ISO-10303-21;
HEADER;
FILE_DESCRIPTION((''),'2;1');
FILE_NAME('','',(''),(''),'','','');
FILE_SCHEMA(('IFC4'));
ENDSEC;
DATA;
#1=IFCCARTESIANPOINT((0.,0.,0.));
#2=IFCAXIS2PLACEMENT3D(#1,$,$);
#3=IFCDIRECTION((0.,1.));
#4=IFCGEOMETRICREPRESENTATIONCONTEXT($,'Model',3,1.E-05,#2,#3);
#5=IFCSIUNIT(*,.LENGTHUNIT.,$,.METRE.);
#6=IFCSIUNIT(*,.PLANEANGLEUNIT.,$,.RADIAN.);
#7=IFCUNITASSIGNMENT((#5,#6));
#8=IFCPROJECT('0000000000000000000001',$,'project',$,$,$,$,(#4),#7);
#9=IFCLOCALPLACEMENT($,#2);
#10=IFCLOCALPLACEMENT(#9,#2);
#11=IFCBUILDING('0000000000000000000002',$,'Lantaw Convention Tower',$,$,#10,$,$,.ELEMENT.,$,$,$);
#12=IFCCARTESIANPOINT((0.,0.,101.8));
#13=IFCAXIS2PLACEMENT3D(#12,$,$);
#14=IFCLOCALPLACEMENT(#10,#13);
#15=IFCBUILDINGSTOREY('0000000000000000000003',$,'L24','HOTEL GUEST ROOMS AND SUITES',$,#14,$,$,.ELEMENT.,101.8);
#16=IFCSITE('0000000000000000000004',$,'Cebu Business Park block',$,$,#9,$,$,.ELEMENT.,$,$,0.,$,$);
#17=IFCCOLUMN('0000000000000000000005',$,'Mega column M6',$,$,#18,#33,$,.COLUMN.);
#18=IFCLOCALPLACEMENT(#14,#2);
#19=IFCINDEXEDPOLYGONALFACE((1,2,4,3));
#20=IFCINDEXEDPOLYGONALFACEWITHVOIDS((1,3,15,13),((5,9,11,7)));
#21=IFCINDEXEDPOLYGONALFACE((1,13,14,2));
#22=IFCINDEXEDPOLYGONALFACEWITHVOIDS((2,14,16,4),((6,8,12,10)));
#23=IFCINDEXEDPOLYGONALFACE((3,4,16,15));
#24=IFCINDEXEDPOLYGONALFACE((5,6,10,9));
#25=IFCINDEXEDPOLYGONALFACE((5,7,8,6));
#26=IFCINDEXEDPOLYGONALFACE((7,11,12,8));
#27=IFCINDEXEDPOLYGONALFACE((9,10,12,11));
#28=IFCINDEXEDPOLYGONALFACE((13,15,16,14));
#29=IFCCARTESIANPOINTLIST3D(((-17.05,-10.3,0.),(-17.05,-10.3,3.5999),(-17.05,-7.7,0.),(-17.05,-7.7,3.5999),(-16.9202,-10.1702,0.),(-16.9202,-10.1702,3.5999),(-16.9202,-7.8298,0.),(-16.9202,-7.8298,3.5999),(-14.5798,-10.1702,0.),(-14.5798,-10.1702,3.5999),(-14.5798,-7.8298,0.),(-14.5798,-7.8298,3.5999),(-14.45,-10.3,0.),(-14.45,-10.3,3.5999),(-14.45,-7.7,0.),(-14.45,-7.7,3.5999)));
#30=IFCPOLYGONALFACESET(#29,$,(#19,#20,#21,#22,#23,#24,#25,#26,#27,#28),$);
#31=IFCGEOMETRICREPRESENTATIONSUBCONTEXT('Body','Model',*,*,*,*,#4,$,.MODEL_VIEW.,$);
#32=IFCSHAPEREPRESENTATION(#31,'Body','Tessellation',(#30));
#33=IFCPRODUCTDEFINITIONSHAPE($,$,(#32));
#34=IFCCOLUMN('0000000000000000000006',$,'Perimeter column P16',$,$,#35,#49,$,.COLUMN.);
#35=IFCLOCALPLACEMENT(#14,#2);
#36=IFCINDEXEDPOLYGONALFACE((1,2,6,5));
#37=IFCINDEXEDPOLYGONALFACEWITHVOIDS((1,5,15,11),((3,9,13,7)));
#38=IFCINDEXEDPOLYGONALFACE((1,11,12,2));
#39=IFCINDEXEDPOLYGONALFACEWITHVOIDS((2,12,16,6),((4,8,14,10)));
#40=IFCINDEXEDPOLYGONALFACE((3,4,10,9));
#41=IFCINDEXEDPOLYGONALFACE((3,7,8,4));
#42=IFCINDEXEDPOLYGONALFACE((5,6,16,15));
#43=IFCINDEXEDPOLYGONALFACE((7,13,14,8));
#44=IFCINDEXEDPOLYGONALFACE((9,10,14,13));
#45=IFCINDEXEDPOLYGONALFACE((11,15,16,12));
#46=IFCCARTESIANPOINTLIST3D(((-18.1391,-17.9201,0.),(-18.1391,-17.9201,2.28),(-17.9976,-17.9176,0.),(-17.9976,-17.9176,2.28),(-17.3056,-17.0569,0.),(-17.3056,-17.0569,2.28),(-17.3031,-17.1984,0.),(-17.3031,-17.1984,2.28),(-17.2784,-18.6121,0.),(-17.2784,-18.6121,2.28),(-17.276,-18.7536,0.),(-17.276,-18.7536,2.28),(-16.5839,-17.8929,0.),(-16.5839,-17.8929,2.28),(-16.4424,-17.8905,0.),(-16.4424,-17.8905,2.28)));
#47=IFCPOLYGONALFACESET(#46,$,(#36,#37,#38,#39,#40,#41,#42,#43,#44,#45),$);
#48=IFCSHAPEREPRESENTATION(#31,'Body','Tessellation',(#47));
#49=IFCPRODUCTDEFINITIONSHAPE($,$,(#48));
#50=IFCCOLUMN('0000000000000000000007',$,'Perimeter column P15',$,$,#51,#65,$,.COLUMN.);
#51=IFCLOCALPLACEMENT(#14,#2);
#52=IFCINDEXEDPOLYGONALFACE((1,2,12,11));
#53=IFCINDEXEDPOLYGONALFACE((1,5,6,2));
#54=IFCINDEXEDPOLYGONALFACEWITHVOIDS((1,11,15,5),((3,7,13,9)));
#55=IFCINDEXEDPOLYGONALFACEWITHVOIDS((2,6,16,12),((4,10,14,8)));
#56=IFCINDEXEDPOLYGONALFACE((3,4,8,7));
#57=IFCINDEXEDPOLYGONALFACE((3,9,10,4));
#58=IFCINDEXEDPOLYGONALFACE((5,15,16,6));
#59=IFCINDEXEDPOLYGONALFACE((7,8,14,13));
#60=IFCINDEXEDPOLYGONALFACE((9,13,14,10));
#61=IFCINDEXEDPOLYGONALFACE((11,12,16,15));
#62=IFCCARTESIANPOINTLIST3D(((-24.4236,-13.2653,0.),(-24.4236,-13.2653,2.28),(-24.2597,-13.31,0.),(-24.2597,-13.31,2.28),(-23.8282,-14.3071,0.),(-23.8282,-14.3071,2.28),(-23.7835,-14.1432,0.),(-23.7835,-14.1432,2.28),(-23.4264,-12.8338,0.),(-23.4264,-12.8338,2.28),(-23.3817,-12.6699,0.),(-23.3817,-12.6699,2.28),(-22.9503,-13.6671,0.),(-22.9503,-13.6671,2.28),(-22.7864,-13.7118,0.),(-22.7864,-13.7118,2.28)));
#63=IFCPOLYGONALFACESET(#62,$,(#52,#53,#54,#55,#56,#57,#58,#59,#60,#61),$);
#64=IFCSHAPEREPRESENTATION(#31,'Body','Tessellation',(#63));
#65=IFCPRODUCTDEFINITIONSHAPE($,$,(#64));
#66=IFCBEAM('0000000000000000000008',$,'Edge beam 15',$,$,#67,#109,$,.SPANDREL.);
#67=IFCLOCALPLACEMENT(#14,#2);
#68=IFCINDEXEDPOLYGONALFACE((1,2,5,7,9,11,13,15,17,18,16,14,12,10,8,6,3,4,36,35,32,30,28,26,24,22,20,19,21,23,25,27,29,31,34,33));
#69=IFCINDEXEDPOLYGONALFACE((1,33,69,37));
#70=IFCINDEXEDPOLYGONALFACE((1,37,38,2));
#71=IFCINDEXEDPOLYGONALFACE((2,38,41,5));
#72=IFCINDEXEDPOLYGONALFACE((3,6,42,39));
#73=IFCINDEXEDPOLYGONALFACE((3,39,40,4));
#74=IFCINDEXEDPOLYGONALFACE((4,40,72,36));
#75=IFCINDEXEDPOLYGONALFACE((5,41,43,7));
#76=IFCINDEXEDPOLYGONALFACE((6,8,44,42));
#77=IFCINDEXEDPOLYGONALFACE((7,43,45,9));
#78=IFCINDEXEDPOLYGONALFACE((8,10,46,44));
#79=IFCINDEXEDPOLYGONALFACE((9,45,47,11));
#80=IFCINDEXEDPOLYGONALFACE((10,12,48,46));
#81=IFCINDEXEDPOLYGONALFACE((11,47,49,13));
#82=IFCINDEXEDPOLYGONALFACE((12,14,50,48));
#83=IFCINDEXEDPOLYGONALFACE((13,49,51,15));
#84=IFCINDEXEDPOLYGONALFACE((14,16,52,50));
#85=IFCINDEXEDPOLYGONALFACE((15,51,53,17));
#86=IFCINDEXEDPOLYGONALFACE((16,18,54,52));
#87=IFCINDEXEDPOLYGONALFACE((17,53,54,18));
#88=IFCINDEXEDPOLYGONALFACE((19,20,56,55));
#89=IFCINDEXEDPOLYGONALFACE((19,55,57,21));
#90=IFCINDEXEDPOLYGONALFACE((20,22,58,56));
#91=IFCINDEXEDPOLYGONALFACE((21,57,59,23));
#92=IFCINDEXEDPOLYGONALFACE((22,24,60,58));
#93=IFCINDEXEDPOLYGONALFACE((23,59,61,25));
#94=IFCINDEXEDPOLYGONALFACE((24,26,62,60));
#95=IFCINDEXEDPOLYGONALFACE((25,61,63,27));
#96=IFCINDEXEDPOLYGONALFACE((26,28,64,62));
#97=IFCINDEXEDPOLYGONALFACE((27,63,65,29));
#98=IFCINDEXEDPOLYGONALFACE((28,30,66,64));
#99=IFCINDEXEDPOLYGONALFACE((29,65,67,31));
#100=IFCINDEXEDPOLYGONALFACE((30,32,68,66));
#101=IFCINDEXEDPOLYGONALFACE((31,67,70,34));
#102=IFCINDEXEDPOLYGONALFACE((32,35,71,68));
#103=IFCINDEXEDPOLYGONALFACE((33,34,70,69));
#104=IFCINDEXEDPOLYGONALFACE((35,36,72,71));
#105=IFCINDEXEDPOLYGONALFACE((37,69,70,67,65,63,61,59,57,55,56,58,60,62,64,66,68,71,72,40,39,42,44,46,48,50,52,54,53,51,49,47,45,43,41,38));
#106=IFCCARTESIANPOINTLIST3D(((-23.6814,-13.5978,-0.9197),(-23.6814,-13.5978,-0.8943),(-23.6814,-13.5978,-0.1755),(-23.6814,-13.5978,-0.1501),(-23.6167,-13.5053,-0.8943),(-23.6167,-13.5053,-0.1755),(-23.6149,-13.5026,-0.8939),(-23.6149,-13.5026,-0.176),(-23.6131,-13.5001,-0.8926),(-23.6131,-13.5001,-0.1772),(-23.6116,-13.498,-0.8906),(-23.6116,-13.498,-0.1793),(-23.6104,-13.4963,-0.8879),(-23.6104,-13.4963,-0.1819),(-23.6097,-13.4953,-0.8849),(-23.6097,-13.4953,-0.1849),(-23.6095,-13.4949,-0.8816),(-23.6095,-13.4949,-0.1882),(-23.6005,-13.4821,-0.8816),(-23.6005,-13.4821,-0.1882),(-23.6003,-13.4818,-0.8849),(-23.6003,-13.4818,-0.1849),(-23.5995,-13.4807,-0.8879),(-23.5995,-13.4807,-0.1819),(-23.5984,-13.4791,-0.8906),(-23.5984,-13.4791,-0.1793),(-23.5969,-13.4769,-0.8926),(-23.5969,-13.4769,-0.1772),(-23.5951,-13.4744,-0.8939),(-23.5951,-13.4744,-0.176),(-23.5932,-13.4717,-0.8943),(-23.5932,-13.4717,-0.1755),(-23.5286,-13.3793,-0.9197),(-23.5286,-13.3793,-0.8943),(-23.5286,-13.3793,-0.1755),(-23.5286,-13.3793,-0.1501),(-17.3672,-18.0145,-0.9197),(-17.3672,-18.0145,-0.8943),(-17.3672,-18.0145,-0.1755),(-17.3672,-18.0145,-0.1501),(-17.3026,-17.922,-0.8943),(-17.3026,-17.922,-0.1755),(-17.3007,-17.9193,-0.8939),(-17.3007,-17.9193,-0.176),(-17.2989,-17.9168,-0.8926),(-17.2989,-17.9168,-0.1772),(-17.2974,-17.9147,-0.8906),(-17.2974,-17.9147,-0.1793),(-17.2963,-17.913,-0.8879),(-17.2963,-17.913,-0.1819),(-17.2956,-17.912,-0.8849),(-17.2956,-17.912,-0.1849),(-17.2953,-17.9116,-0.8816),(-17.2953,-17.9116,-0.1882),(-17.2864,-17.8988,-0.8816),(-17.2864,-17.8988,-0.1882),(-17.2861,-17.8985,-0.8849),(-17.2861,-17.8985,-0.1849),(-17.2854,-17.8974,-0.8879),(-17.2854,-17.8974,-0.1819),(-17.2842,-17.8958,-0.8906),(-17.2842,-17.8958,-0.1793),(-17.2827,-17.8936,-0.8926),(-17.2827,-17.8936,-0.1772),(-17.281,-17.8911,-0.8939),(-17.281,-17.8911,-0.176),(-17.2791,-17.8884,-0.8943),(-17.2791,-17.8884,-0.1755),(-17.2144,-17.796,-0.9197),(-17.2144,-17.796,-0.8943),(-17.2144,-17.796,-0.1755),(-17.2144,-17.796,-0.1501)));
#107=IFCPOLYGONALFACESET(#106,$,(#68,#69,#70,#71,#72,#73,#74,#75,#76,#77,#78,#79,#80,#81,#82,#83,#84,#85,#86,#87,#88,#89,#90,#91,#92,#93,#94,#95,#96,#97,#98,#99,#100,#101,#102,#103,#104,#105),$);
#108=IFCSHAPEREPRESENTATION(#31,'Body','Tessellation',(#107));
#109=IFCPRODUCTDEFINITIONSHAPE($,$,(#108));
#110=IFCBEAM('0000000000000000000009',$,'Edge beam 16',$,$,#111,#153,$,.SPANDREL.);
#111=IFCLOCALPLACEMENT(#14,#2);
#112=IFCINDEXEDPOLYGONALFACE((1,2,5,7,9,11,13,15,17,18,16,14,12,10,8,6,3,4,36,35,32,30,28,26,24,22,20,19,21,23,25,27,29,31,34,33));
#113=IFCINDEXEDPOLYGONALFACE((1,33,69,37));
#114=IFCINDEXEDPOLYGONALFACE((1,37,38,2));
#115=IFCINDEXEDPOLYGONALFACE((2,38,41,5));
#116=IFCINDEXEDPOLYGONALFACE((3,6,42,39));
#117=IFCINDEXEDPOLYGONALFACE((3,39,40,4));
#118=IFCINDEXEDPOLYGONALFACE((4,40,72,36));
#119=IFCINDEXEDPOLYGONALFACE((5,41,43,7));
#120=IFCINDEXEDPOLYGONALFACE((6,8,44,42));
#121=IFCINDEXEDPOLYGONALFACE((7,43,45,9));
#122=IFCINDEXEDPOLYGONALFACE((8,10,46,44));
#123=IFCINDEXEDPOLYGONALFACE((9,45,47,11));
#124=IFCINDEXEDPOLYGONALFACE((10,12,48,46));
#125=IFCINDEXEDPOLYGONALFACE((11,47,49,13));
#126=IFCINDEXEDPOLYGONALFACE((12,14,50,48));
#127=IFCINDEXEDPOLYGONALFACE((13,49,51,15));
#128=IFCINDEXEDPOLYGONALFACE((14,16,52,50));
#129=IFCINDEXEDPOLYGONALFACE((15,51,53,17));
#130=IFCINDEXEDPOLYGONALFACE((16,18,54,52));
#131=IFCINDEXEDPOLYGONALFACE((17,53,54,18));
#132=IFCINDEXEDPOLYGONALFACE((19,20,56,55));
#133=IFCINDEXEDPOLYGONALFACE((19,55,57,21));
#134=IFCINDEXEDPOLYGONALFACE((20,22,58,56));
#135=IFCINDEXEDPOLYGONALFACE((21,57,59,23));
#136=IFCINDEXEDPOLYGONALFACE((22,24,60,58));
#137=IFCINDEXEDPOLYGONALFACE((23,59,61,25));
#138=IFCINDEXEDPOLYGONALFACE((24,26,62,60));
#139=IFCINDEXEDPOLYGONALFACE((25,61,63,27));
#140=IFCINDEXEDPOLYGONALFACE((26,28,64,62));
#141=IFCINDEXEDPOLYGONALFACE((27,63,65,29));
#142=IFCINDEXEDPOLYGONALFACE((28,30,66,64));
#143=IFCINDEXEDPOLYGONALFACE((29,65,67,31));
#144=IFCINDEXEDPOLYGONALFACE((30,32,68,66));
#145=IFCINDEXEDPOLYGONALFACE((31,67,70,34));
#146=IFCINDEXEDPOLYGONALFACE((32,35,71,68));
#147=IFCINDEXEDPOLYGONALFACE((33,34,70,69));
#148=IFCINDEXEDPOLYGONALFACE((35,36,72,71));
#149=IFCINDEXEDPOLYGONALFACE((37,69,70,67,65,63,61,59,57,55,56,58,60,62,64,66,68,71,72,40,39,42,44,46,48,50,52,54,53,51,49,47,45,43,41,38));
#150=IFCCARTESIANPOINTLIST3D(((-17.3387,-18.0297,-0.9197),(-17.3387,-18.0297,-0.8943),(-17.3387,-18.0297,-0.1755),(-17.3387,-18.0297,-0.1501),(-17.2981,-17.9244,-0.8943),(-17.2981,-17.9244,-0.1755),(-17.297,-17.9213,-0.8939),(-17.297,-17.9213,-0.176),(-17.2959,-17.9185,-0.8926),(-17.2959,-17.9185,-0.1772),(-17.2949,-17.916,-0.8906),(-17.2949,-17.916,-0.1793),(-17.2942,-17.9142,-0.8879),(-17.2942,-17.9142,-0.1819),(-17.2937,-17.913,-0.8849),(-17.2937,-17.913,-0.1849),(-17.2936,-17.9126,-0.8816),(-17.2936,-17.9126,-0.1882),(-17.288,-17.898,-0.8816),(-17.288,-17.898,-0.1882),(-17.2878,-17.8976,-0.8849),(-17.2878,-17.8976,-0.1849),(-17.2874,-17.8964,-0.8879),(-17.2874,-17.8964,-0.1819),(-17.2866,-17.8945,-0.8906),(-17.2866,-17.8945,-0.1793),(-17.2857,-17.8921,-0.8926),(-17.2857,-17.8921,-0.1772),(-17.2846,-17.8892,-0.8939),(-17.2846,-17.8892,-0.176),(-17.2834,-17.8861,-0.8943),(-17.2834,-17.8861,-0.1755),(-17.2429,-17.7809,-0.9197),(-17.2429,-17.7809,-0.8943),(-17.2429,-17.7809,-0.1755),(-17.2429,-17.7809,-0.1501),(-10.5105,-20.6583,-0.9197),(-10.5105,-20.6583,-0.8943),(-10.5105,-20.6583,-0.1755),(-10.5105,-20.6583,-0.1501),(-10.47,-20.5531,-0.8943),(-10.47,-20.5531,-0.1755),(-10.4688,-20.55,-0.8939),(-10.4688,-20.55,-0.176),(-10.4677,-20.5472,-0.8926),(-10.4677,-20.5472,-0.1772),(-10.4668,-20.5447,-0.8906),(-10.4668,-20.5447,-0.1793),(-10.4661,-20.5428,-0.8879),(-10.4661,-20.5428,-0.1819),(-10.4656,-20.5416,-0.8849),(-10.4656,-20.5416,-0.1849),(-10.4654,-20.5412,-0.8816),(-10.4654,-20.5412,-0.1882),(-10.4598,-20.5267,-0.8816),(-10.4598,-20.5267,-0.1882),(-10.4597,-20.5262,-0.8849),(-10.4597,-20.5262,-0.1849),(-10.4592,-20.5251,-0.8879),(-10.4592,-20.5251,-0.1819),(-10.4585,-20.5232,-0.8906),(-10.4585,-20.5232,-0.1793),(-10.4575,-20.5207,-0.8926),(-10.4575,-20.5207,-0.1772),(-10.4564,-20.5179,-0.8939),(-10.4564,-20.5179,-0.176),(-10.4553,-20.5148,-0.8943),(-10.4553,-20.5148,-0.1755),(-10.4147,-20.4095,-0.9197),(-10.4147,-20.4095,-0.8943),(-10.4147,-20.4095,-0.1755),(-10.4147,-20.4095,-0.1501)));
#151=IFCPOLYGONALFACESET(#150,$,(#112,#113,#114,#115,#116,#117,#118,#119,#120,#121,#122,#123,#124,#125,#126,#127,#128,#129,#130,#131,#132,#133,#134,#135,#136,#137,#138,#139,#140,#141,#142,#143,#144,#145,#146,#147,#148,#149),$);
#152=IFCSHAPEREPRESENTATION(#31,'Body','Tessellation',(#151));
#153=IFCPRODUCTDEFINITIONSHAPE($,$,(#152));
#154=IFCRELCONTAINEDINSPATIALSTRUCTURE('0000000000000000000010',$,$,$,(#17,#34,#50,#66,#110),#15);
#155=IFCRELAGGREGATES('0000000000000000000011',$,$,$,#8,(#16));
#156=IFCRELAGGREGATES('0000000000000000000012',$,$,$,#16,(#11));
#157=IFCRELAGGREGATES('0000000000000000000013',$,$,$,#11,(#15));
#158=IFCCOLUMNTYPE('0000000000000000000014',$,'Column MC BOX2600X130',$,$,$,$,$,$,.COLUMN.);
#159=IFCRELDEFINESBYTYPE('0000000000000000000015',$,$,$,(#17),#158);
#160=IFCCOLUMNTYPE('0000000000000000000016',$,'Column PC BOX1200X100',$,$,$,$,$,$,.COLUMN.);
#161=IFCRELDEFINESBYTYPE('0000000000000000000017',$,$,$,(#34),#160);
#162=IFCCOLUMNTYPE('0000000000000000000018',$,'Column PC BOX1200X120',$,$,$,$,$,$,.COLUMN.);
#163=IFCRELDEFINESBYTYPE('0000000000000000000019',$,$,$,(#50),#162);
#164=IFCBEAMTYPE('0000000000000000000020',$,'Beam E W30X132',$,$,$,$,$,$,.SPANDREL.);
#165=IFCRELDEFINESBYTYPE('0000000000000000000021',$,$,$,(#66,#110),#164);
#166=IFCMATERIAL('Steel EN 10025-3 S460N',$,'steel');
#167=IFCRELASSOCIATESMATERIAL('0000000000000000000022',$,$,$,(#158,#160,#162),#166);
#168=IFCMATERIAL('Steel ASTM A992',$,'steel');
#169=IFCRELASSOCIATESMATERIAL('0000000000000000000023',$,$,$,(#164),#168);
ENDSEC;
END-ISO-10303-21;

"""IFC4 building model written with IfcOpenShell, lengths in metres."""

from ifc_helpers import new_model, si_unit, direction, frame, origin, origin_2d, place, context, subcontext, project, spatial, rectangle, hollow_rectangle, i_section, extrude, material, material_profile, profile_set, type_object, element, save


model = new_model("IFC4")

# Units and contexts
model_context = context("Model", 3, precision=1e-05, world=origin(), true_north=direction((0.0, 1.0)))
body_context = subcontext(model_context, "Body", "Model", "MODEL_VIEW")
ifc_project = project(units=[si_unit("LENGTHUNIT", "METRE"), si_unit("PLANEANGLEUNIT", "RADIAN")], contexts=[model_context])

# Site, building, storey
site_placement = place(None, origin())
site = spatial("IfcSite", under=ifc_project, at=site_placement, Name="Cebu Business Park block", CompositionType="ELEMENT", RefElevation=0.0)
building_placement = place(site_placement, origin())
building = spatial("IfcBuilding", under=site, at=building_placement, Name="Lantaw Convention Tower", CompositionType="ELEMENT")
storey_placement = place(building_placement, frame((0.0, 0.0, 101.8)))
storey = spatial("IfcBuildingStorey", under=building, at=storey_placement, Name="L24", Description="HOTEL GUEST ROOMS AND SUITES", CompositionType="ELEMENT", Elevation=101.8)

# Columns
ifc_material_1 = material(Name="Steel EN 10025-3 S460N", Category="steel")
ifc_material_profile_1 = material_profile(ifc_material_1, hollow_rectangle(XDim=2.6001, YDim=2.6001, WallThickness=0.1299, at=origin_2d()), Name="BOX2600X130")
ifc_material_2 = material(Name="Concrete C60/75", Category="concrete")
ifc_material_profile_2 = material_profile(ifc_material_2, rectangle(XDim=2.3401, YDim=2.3401, at=origin_2d()), Name="Concrete fill of BOX2600X130")
ifc_profile_set_1 = profile_set([ifc_material_profile_1, ifc_material_profile_2], Name="Steel EN 10025-3 S460N")
column_type_1 = type_object("IfcColumnType", Name="Column MC BOX2600X130", PredefinedType="COLUMN", material=ifc_profile_set_1)
column_1_placement = place(storey_placement, frame((-15.75, -9.0, 0.0), z_axis=(0.0, 0.0, 1.0), x_axis=(1.0, 0.0, 0.0)))
element("IfcColumn", 1, at=column_1_placement, inside=storey, type_object=column_type_1, Name="Mega column M6", PredefinedType="COLUMN", context=body_context, shape_type="SweptSolid", body=[
    extrude(hollow_rectangle(XDim=2.6001, YDim=2.6001, WallThickness=0.1299, at=origin_2d()), origin(), (0.0, 0.0, 1.0), 3.5999),
])
ifc_material_profile_3 = material_profile(ifc_material_1, hollow_rectangle(XDim=1.2, YDim=1.2, WallThickness=0.1001, at=origin_2d()), Name="BOX1200X100")
ifc_material_profile_4 = material_profile(ifc_material_2, rectangle(XDim=1.0, YDim=1.0, at=origin_2d()), Name="Concrete fill of BOX1200X100")
ifc_profile_set_2 = profile_set([ifc_material_profile_3, ifc_material_profile_4], Name="Steel EN 10025-3 S460N")
column_type_2 = type_object("IfcColumnType", Name="Column PC BOX1200X100", PredefinedType="COLUMN", material=ifc_profile_set_2)
column_2_placement = place(storey_placement, frame((-17.2908, -17.9053, 0.0), z_axis=(0.0, 0.0, 1.0), x_axis=(0.694658, 0.71934, 0.0)))
element("IfcColumn", 2, at=column_2_placement, inside=storey, type_object=column_type_2, Name="Perimeter column P16", PredefinedType="COLUMN", context=body_context, shape_type="SweptSolid", body=[
    extrude(hollow_rectangle(XDim=1.2, YDim=1.2, WallThickness=0.1001, at=origin_2d()), origin(), (0.0, 0.0, 1.0), 2.28),
])
ifc_material_profile_5 = material_profile(ifc_material_1, hollow_rectangle(XDim=1.2, YDim=1.2, WallThickness=0.1201, at=origin_2d()), Name="BOX1200X120")
ifc_material_profile_6 = material_profile(ifc_material_2, rectangle(XDim=0.96, YDim=0.96, at=origin_2d()), Name="Concrete fill of BOX1200X120")
ifc_profile_set_3 = profile_set([ifc_material_profile_5, ifc_material_profile_6], Name="Steel EN 10025-3 S460N")
column_type_3 = type_object("IfcColumnType", Name="Column PC BOX1200X120", PredefinedType="COLUMN", material=ifc_profile_set_3)
column_3_placement = place(storey_placement, frame((-23.605, -13.4885, 0.0), z_axis=(0.0, 0.0, 1.0), x_axis=(0.868243, 0.496139, 0.0)))
element("IfcColumn", 3, at=column_3_placement, inside=storey, type_object=column_type_3, Name="Perimeter column P15", PredefinedType="COLUMN", context=body_context, shape_type="SweptSolid", body=[
    extrude(hollow_rectangle(XDim=1.2, YDim=1.2, WallThickness=0.1201, at=origin_2d()), origin(), (0.0, 0.0, 1.0), 2.28),
])

# Beams
ifc_material_3 = material(Name="Steel ASTM A992", Category="steel")
ifc_material_profile_7 = material_profile(ifc_material_3, i_section(OverallWidth=0.2666, OverallDepth=0.7695, WebThickness=0.0156, FlangeThickness=0.0254, FilletRadius=0.0127, at=origin_2d()), Name="W30X132")
ifc_profile_set_4 = profile_set([ifc_material_profile_7], Name="Steel ASTM A992")
beam_type_1 = type_object("IfcBeamType", Name="Beam E W30X132", PredefinedType="SPANDREL", material=ifc_profile_set_4)
beam_1_placement = place(storey_placement, frame((-23.605, -13.4885, -0.5349), z_axis=(0.819427, -0.573184, 0.0), x_axis=(0.573184, 0.819427, 0.0)))
element("IfcBeam", 4, at=beam_1_placement, inside=storey, type_object=beam_type_1, Name="Edge beam 15", PredefinedType="SPANDREL", context=body_context, shape_type="SweptSolid", body=[
    extrude(i_section(OverallWidth=0.2666, OverallDepth=0.7695, WebThickness=0.0156, FlangeThickness=0.0254, FilletRadius=0.0127, at=origin_2d()), origin(), (0.0, 0.0, 1.0), 7.7056),
])
beam_2_placement = place(storey_placement, frame((-17.2908, -17.9053, -0.5349), z_axis=(0.933233, -0.359272, 0.0), x_axis=(0.359272, 0.933233, 0.0)))
element("IfcBeam", 5, at=beam_2_placement, inside=storey, type_object=beam_type_1, Name="Edge beam 16", PredefinedType="SPANDREL", context=body_context, shape_type="SweptSolid", body=[
    extrude(i_section(OverallWidth=0.2666, OverallDepth=0.7695, WebThickness=0.0156, FlangeThickness=0.0254, FilletRadius=0.0127, at=origin_2d()), origin(), (0.0, 0.0, 1.0), 7.3167),
])

save(model, "model.ifc")
